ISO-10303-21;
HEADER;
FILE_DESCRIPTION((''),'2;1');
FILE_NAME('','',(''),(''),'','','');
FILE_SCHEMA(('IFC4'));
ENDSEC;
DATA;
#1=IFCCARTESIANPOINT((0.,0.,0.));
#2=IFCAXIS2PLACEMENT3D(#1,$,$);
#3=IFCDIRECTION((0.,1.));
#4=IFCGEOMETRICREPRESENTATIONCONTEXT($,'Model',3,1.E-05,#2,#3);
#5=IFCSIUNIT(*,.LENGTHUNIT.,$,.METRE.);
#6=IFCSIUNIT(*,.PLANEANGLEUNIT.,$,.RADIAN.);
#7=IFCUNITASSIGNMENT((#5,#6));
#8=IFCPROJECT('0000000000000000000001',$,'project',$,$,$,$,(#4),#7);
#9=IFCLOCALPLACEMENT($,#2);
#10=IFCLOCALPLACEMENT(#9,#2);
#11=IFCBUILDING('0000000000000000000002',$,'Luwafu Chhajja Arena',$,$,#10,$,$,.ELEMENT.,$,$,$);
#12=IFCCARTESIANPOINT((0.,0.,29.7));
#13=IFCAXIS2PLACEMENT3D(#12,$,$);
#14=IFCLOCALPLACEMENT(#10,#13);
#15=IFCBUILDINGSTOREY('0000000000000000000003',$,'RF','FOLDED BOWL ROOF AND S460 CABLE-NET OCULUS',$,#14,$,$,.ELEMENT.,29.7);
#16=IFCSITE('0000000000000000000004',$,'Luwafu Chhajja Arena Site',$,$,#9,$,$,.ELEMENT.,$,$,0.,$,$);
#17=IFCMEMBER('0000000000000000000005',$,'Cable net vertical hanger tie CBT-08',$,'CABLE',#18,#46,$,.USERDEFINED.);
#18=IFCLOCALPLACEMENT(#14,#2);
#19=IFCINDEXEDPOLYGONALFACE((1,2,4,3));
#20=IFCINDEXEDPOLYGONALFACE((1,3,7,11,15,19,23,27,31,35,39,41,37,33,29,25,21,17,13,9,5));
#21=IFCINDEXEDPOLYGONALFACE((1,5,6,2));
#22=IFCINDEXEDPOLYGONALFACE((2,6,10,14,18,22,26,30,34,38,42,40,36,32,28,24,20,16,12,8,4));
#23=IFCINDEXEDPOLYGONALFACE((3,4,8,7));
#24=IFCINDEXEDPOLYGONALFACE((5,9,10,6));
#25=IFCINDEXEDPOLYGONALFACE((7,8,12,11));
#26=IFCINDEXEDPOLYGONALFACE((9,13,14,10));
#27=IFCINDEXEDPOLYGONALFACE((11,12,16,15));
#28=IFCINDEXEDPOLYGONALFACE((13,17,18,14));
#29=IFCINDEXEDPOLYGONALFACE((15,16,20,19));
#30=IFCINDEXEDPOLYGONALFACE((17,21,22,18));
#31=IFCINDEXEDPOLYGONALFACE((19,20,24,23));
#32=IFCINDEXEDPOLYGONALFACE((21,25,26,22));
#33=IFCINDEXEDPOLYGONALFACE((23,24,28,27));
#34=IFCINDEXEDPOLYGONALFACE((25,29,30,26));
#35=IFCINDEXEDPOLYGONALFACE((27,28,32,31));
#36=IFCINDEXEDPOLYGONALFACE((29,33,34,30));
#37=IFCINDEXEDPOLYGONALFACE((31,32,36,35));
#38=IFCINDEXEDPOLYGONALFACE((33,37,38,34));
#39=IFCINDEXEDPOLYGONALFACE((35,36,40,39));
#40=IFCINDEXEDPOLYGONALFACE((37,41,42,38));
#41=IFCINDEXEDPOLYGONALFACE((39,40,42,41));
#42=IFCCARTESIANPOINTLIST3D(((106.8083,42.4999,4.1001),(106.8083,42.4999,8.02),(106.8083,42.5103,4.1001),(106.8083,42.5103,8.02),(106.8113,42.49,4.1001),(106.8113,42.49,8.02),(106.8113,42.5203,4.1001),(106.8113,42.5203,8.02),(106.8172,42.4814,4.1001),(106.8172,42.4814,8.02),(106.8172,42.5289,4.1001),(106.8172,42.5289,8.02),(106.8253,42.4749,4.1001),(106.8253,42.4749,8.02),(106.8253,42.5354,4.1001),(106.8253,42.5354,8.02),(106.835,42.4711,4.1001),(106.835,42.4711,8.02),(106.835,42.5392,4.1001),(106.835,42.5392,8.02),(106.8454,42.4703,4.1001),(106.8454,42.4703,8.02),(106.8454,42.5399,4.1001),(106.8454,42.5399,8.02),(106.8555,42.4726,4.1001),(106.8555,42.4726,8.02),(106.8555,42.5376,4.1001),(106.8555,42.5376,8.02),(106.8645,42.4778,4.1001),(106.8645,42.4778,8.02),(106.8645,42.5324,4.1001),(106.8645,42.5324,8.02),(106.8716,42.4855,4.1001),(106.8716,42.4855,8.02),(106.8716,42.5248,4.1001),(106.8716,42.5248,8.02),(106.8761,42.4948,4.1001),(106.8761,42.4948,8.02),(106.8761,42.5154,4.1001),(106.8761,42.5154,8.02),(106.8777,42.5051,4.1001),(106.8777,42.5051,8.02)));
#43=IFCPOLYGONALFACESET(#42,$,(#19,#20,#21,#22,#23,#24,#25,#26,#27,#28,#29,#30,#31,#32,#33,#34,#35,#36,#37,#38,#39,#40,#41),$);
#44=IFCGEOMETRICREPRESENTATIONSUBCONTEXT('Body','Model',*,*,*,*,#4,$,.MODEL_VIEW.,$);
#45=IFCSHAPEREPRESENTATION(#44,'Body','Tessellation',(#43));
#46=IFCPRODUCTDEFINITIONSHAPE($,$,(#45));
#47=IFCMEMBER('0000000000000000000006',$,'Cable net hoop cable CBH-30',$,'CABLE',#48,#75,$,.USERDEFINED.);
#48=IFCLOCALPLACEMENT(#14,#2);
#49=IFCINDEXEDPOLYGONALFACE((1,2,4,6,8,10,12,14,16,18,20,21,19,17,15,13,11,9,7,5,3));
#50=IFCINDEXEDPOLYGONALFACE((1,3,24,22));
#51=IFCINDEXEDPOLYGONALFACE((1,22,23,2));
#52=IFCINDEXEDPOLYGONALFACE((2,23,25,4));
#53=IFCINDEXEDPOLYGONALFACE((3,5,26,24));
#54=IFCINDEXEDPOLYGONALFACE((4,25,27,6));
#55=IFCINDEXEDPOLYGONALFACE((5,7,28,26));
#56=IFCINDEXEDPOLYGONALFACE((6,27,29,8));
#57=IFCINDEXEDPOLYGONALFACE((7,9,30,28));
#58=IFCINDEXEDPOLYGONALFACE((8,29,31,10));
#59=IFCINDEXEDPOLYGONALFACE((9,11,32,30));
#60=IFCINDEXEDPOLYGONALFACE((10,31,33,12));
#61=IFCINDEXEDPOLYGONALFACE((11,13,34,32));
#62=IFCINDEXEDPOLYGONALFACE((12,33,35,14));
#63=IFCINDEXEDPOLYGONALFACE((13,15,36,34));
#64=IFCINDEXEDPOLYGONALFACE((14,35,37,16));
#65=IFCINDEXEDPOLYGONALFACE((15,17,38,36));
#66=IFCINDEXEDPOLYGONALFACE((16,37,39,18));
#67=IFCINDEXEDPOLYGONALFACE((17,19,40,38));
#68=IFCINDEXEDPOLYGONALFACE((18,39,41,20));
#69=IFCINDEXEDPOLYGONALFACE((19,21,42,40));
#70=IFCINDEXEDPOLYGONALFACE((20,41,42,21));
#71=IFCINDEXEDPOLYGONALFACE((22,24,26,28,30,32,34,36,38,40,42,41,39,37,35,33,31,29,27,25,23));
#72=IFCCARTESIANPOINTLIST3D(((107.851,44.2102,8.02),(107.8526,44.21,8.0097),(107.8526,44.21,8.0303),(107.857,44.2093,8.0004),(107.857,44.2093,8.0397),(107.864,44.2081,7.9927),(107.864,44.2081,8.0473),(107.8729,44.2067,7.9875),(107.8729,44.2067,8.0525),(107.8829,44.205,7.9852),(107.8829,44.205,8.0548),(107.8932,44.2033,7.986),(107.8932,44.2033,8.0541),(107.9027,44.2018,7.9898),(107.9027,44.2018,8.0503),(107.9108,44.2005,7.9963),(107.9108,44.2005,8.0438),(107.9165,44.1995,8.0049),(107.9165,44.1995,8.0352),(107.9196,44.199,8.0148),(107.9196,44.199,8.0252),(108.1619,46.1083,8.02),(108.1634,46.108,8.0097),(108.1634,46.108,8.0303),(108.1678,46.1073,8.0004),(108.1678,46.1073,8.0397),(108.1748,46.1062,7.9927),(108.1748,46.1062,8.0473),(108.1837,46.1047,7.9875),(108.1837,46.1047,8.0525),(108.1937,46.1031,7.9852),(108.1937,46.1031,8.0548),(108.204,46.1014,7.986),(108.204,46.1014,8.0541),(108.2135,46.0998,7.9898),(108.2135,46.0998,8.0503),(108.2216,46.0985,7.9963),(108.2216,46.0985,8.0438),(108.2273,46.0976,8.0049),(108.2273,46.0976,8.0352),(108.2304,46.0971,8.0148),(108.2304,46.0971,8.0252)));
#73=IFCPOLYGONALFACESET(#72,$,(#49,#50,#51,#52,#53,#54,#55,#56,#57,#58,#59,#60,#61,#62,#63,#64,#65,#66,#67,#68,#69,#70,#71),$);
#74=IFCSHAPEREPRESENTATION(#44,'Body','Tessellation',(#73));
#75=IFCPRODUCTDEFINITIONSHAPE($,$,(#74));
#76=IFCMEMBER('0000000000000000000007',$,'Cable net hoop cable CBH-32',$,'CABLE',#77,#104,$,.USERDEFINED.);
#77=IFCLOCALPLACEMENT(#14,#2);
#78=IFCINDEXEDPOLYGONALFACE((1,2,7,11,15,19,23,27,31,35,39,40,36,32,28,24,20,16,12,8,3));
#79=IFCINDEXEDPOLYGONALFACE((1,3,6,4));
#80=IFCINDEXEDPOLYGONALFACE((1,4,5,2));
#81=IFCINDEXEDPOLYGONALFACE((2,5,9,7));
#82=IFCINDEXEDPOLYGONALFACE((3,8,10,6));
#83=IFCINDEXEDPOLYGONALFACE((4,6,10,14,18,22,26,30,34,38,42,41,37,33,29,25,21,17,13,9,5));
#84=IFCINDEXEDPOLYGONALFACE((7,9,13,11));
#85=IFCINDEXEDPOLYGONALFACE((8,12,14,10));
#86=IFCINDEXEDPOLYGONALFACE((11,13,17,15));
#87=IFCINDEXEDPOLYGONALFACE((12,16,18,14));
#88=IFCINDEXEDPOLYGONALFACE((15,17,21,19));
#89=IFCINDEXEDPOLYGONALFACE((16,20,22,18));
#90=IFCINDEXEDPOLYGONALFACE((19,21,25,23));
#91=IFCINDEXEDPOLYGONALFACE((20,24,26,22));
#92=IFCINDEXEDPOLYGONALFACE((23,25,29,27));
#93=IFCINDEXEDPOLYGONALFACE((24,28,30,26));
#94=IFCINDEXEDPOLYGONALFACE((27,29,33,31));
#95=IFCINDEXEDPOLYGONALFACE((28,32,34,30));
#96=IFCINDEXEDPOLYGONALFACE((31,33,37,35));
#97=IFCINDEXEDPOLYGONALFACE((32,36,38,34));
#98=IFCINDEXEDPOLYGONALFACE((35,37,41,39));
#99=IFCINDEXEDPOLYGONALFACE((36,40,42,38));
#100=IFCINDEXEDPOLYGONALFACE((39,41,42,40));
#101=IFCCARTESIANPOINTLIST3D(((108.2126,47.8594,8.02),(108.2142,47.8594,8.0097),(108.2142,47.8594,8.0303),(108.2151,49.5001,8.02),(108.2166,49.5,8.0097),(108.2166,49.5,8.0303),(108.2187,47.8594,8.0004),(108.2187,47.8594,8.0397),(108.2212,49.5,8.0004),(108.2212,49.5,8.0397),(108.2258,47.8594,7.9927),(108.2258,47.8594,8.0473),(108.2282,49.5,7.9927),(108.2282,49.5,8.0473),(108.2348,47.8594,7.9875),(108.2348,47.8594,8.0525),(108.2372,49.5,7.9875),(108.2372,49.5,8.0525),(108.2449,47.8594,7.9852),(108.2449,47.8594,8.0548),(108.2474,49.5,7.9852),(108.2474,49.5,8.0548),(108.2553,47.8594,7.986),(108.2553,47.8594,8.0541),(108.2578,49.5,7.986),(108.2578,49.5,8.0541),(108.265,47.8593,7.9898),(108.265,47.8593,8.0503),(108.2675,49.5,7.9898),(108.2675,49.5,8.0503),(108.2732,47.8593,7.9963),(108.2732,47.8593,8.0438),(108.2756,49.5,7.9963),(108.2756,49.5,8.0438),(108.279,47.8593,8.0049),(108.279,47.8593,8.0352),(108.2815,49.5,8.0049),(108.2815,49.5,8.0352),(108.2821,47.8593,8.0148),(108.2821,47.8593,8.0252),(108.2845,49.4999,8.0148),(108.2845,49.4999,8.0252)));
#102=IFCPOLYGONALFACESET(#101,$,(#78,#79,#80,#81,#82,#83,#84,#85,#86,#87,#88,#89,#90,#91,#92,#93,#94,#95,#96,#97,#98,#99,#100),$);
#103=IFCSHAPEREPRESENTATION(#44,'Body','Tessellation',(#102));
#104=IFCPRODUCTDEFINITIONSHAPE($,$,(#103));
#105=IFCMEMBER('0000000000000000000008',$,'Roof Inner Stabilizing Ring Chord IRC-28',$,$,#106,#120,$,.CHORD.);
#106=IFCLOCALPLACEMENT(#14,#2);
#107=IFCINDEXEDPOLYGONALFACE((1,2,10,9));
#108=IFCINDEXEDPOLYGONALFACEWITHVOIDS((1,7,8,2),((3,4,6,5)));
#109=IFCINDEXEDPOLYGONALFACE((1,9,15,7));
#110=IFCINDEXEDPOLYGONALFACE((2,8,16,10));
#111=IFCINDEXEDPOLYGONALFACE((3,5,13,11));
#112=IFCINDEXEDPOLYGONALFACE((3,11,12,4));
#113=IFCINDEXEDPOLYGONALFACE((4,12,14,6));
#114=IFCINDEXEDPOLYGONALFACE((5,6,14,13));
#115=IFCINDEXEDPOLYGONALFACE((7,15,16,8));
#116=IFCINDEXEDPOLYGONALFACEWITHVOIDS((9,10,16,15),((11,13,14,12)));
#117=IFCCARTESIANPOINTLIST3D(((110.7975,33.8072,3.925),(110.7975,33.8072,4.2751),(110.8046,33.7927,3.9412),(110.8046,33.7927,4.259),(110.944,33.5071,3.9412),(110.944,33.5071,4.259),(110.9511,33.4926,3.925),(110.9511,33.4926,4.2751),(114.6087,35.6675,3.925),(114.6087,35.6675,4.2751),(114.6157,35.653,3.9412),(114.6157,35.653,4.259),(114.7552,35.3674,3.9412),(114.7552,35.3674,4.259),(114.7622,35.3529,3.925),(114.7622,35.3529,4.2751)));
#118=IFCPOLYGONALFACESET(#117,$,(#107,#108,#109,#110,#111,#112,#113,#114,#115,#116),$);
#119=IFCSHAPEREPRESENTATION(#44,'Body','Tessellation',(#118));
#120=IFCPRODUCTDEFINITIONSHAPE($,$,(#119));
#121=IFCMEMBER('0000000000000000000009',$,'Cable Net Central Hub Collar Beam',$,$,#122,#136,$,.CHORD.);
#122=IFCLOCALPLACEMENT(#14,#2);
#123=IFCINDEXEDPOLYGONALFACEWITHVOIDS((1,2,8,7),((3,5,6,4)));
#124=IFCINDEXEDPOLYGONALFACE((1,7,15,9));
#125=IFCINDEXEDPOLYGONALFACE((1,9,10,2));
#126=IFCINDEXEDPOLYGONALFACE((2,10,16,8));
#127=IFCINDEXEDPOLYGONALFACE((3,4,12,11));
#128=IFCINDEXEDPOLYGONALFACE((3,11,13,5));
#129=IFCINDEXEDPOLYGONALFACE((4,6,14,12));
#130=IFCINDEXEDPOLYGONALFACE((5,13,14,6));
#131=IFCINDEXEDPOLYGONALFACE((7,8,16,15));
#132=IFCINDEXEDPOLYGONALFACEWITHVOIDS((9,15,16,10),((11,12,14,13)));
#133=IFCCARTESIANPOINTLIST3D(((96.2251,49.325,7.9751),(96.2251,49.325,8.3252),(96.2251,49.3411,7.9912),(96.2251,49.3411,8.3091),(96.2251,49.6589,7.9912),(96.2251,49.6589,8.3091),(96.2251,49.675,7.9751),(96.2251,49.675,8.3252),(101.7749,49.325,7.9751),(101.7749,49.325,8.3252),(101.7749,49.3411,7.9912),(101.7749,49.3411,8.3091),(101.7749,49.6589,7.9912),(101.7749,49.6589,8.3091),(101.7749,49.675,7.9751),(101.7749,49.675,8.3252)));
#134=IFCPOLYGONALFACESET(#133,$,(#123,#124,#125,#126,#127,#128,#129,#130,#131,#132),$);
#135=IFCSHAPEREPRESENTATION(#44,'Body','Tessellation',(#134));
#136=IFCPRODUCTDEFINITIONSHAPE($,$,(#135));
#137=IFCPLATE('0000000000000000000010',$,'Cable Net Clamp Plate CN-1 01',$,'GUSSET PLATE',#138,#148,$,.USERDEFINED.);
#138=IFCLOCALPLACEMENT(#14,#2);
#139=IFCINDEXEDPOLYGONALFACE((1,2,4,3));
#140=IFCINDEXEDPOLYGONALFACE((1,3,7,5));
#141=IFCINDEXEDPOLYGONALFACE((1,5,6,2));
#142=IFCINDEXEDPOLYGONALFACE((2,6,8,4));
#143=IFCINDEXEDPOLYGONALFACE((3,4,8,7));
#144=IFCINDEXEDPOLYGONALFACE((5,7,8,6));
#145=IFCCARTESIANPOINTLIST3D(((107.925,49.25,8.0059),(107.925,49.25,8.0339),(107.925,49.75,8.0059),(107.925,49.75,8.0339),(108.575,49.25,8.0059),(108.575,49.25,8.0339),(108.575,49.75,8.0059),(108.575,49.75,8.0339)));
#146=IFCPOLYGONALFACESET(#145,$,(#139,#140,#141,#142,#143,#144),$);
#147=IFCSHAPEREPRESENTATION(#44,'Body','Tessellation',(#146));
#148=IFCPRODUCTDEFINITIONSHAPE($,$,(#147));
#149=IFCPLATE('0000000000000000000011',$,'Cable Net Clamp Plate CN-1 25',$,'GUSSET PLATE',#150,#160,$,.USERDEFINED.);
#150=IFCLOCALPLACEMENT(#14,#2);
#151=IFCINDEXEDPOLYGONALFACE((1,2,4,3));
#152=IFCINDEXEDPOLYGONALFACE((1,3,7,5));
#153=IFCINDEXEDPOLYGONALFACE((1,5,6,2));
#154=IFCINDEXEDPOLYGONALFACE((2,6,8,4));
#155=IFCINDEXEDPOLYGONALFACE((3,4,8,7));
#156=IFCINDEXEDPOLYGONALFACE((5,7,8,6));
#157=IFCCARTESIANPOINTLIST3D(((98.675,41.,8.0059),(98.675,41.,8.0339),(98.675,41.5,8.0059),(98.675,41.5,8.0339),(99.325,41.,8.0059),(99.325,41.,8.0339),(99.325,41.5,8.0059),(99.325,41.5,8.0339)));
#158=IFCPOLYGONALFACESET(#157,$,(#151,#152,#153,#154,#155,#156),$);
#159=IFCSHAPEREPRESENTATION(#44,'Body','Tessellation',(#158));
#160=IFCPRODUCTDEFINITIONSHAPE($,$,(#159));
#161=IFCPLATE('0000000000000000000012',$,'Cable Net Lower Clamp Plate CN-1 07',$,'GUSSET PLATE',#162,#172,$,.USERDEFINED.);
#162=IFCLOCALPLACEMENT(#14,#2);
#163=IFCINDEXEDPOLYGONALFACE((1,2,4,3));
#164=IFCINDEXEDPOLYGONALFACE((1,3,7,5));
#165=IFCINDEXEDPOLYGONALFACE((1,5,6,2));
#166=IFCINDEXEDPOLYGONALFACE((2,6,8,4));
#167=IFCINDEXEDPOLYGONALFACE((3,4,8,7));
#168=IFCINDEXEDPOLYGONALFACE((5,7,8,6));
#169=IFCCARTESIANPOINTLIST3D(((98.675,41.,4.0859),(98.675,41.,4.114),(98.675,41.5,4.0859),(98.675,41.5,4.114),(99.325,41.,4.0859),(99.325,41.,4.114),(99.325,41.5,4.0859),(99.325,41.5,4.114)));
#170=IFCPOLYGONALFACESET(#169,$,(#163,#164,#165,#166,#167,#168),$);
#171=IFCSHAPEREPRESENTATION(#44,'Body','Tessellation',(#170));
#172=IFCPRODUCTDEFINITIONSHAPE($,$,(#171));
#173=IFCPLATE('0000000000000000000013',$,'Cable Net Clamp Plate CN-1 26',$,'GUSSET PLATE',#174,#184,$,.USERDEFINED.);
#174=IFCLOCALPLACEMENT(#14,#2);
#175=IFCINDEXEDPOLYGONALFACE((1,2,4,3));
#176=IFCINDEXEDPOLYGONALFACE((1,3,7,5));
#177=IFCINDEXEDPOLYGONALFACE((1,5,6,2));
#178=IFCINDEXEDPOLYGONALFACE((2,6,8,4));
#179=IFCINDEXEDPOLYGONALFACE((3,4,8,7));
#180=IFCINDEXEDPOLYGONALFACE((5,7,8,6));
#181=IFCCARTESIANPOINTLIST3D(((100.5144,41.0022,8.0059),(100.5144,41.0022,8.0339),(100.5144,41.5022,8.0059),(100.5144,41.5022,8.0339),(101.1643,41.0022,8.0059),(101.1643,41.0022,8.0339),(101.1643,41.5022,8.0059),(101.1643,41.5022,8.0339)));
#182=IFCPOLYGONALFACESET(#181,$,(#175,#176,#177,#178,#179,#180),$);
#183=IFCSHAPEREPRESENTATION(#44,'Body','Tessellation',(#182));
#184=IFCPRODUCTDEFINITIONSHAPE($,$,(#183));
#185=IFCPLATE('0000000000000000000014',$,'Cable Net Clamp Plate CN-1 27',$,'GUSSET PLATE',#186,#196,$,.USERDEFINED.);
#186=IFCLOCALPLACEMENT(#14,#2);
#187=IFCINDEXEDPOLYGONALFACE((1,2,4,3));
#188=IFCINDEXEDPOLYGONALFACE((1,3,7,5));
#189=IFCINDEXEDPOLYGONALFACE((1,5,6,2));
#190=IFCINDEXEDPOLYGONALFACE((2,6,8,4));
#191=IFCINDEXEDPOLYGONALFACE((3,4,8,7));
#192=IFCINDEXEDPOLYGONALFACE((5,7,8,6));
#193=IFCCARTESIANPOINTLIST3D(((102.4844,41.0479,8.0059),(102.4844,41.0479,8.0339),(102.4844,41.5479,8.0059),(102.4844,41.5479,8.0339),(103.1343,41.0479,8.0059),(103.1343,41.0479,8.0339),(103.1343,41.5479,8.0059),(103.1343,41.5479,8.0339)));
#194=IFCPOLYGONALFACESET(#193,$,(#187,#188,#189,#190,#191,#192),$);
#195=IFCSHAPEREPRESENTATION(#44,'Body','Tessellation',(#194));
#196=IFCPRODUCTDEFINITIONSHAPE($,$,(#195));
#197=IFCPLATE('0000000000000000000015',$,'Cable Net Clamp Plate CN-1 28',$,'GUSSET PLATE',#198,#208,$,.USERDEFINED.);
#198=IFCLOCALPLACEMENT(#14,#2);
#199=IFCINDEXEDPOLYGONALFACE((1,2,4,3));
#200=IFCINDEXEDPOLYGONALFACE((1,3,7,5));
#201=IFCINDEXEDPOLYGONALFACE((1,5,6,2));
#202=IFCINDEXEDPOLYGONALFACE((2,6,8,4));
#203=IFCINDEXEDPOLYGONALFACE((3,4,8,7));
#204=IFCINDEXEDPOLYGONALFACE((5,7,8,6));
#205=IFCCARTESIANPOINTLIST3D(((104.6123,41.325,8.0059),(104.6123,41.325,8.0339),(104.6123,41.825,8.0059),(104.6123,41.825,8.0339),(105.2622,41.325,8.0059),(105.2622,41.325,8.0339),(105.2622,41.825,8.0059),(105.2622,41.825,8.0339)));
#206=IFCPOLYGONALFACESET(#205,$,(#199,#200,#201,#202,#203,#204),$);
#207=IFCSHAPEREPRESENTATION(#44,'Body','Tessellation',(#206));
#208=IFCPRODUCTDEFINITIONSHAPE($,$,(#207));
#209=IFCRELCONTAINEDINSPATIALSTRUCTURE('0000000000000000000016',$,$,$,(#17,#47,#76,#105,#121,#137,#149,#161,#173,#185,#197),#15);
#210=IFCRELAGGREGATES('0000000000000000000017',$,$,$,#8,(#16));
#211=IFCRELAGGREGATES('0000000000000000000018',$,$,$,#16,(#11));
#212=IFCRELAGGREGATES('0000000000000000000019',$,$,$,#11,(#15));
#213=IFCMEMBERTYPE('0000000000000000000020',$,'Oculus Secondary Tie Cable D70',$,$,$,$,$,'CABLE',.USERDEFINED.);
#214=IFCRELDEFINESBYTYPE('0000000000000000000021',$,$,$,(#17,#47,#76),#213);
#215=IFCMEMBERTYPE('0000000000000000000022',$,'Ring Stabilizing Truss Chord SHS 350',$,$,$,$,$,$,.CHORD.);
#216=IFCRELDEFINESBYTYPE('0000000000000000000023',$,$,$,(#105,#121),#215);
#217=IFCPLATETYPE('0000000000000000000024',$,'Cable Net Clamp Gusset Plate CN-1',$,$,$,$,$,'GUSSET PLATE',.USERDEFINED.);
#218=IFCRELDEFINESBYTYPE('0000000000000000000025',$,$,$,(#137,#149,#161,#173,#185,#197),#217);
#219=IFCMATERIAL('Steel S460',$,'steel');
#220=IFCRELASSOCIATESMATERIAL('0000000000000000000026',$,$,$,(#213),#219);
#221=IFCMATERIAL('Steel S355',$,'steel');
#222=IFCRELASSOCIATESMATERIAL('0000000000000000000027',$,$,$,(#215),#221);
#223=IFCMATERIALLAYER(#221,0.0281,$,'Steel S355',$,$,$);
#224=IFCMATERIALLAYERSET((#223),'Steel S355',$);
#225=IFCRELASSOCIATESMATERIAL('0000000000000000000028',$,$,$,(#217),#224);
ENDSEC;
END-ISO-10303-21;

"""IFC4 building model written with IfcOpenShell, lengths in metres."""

from ifc_helpers import new_model, si_unit, direction, frame, origin, origin_2d, place, context, subcontext, project, spatial, rectangle, hollow_rectangle, circle, extrude, material, layer, layer_set, material_profile, profile_set, type_object, element, save


model = new_model("IFC4")

# Units and contexts
model_context = context("Model", 3, precision=1e-05, world=origin(), true_north=direction((0.0, 1.0)))
body_context = subcontext(model_context, "Body", "Model", "MODEL_VIEW")
ifc_project = project(units=[si_unit("LENGTHUNIT", "METRE"), si_unit("PLANEANGLEUNIT", "RADIAN")], contexts=[model_context])

# Site, building, storey
site_placement = place(None, origin())
site = spatial("IfcSite", under=ifc_project, at=site_placement, Name="Luwafu Chhajja Arena Site", CompositionType="ELEMENT", RefElevation=0.0)
building_placement = place(site_placement, origin())
building = spatial("IfcBuilding", under=site, at=building_placement, Name="Luwafu Chhajja Arena", CompositionType="ELEMENT")
storey_placement = place(building_placement, frame((0.0, 0.0, 29.7)))
storey = spatial("IfcBuildingStorey", under=building, at=storey_placement, Name="RF", Description="FOLDED BOWL ROOF AND S460 CABLE-NET OCULUS", CompositionType="ELEMENT", Elevation=29.7)

# Shared definitions
ifc_material_1 = material(Name="Steel S355", Category="steel")

# Members
ifc_material_2 = material(Name="Steel S460", Category="steel")
ifc_material_profile_1 = material_profile(ifc_material_2, circle(Radius=0.0349, at=origin_2d()), Name="CABLE D70")
ifc_profile_set_1 = profile_set([ifc_material_profile_1], Name="Steel S460")
member_type_1 = type_object("IfcMemberType", Name="Oculus Secondary Tie Cable D70", ElementType="CABLE", PredefinedType="USERDEFINED", material=ifc_profile_set_1)
member_1_placement = place(storey_placement, frame((106.8428, 42.5051, 4.1001), z_axis=(0.0, 0.0, 1.0), x_axis=(1.0, 0.0, 0.0)))
element("IfcMember", 1, at=member_1_placement, inside=storey, type_object=member_type_1, Name="Cable net vertical hanger tie CBT-08", ObjectType="CABLE", PredefinedType="USERDEFINED", context=body_context, shape_type="SweptSolid", body=[
    extrude(circle(Radius=0.0349, at=origin_2d()), origin(), (0.0, 0.0, 1.0), 3.9199),
])
member_2_placement = place(storey_placement, frame((107.8855, 44.2046, 8.02), z_axis=(0.161599, 0.986857, 0.0), x_axis=(-0.986857, 0.161599, 0.0)))
element("IfcMember", 2, at=member_2_placement, inside=storey, type_object=member_type_1, Name="Cable net hoop cable CBH-30", ObjectType="CABLE", PredefinedType="USERDEFINED", context=body_context, shape_type="SweptSolid", body=[
    extrude(circle(Radius=0.0349, at=origin_2d()), origin(), (0.0, 0.0, 1.0), 1.9233),
])
member_3_placement = place(storey_placement, frame((108.2476, 47.8594, 8.02), z_axis=(0.001488, 0.999999, 0.0), x_axis=(-0.999999, 0.001488, 0.0)))
element("IfcMember", 3, at=member_3_placement, inside=storey, type_object=member_type_1, Name="Cable net hoop cable CBH-32", ObjectType="CABLE", PredefinedType="USERDEFINED", context=body_context, shape_type="SweptSolid", body=[
    extrude(circle(Radius=0.0349, at=origin_2d()), origin(), (0.0, 0.0, 1.0), 1.6406),
])
ifc_material_profile_2 = material_profile(ifc_material_1, hollow_rectangle(XDim=0.3501, YDim=0.3501, WallThickness=0.0161, at=origin_2d()), Name="SHS 350x350x16")
ifc_profile_set_2 = profile_set([ifc_material_profile_2], Name="Steel S355")
member_type_2 = type_object("IfcMemberType", Name="Ring Stabilizing Truss Chord SHS 350", PredefinedType="CHORD", material=ifc_profile_set_2)
member_4_placement = place(storey_placement, frame((110.8743, 33.6499, 4.1001), z_axis=(0.898658, 0.43865, 0.0), x_axis=(-0.43865, 0.898658, 0.0)))
element("IfcMember", 4, at=member_4_placement, inside=storey, type_object=member_type_2, Name="Roof Inner Stabilizing Ring Chord IRC-28", PredefinedType="CHORD", context=body_context, shape_type="SweptSolid", body=[
    extrude(hollow_rectangle(XDim=0.3501, YDim=0.3501, WallThickness=0.0161, at=origin_2d()), origin(), (0.0, 0.0, 1.0), 4.241),
])
member_5_placement = place(storey_placement, frame((101.7749, 49.5, 8.1501), z_axis=(-1.0, 0.0, 0.0), x_axis=(0.0, -1.0, 0.0)))
element("IfcMember", 5, at=member_5_placement, inside=storey, type_object=member_type_2, Name="Cable Net Central Hub Collar Beam", PredefinedType="CHORD", context=body_context, shape_type="SweptSolid", body=[
    extrude(hollow_rectangle(XDim=0.3501, YDim=0.3501, WallThickness=0.0161, at=origin_2d()), origin(), (0.0, 0.0, 1.0), 5.5498),
])

# Plates
ifc_layer_1 = layer(ifc_material_1, 0.0281, Name="Steel S355")
ifc_layer_set_1 = layer_set([ifc_layer_1], Name="Steel S355")
plate_type_1 = type_object("IfcPlateType", Name="Cable Net Clamp Gusset Plate CN-1", ElementType="GUSSET PLATE", PredefinedType="USERDEFINED", material=ifc_layer_set_1)
for number, where, z_axis, x_axis, name in (
    (6, (108.25, 49.5, 8.0059), (0.0, 0.0, 1.0), (1.0, 0.0, 0.0), "Cable Net Clamp Plate CN-1 01"),
    (7, (99.0, 41.25, 8.0059), (0.0, 0.0, 1.0), (1.0, 0.0, 0.0), "Cable Net Clamp Plate CN-1 25"),
    (8, (99.0, 41.25, 4.0859), (0.0, 0.0, 1.0), (1.0, 0.0, 0.0), "Cable Net Lower Clamp Plate CN-1 07"),
    (9, (100.8394, 41.2522, 8.0059), (0.0, 0.0, 1.0), (1.0, 0.0, 0.0), "Cable Net Clamp Plate CN-1 26"),
    (10, (102.8093, 41.2979, 8.0059), (0.0, 0.0, 1.0), (1.0, 0.0, 0.0), "Cable Net Clamp Plate CN-1 27"),
    (11, (104.9373, 41.575, 8.0059), (0.0, 0.0, 1.0), (1.0, 0.0, 0.0), "Cable Net Clamp Plate CN-1 28"),
):
    element("IfcPlate", number, at=place(storey_placement, frame(where, z_axis=z_axis, x_axis=x_axis)), inside=storey, type_object=plate_type_1, Name=name, ObjectType="GUSSET PLATE", PredefinedType="USERDEFINED", context=body_context, shape_type="SweptSolid", body=[
        extrude(rectangle(XDim=0.6499, YDim=0.5, at=origin_2d()), origin(), (0.0, 0.0, 1.0), 0.0281),
    ])

save(model, "model.ifc")
